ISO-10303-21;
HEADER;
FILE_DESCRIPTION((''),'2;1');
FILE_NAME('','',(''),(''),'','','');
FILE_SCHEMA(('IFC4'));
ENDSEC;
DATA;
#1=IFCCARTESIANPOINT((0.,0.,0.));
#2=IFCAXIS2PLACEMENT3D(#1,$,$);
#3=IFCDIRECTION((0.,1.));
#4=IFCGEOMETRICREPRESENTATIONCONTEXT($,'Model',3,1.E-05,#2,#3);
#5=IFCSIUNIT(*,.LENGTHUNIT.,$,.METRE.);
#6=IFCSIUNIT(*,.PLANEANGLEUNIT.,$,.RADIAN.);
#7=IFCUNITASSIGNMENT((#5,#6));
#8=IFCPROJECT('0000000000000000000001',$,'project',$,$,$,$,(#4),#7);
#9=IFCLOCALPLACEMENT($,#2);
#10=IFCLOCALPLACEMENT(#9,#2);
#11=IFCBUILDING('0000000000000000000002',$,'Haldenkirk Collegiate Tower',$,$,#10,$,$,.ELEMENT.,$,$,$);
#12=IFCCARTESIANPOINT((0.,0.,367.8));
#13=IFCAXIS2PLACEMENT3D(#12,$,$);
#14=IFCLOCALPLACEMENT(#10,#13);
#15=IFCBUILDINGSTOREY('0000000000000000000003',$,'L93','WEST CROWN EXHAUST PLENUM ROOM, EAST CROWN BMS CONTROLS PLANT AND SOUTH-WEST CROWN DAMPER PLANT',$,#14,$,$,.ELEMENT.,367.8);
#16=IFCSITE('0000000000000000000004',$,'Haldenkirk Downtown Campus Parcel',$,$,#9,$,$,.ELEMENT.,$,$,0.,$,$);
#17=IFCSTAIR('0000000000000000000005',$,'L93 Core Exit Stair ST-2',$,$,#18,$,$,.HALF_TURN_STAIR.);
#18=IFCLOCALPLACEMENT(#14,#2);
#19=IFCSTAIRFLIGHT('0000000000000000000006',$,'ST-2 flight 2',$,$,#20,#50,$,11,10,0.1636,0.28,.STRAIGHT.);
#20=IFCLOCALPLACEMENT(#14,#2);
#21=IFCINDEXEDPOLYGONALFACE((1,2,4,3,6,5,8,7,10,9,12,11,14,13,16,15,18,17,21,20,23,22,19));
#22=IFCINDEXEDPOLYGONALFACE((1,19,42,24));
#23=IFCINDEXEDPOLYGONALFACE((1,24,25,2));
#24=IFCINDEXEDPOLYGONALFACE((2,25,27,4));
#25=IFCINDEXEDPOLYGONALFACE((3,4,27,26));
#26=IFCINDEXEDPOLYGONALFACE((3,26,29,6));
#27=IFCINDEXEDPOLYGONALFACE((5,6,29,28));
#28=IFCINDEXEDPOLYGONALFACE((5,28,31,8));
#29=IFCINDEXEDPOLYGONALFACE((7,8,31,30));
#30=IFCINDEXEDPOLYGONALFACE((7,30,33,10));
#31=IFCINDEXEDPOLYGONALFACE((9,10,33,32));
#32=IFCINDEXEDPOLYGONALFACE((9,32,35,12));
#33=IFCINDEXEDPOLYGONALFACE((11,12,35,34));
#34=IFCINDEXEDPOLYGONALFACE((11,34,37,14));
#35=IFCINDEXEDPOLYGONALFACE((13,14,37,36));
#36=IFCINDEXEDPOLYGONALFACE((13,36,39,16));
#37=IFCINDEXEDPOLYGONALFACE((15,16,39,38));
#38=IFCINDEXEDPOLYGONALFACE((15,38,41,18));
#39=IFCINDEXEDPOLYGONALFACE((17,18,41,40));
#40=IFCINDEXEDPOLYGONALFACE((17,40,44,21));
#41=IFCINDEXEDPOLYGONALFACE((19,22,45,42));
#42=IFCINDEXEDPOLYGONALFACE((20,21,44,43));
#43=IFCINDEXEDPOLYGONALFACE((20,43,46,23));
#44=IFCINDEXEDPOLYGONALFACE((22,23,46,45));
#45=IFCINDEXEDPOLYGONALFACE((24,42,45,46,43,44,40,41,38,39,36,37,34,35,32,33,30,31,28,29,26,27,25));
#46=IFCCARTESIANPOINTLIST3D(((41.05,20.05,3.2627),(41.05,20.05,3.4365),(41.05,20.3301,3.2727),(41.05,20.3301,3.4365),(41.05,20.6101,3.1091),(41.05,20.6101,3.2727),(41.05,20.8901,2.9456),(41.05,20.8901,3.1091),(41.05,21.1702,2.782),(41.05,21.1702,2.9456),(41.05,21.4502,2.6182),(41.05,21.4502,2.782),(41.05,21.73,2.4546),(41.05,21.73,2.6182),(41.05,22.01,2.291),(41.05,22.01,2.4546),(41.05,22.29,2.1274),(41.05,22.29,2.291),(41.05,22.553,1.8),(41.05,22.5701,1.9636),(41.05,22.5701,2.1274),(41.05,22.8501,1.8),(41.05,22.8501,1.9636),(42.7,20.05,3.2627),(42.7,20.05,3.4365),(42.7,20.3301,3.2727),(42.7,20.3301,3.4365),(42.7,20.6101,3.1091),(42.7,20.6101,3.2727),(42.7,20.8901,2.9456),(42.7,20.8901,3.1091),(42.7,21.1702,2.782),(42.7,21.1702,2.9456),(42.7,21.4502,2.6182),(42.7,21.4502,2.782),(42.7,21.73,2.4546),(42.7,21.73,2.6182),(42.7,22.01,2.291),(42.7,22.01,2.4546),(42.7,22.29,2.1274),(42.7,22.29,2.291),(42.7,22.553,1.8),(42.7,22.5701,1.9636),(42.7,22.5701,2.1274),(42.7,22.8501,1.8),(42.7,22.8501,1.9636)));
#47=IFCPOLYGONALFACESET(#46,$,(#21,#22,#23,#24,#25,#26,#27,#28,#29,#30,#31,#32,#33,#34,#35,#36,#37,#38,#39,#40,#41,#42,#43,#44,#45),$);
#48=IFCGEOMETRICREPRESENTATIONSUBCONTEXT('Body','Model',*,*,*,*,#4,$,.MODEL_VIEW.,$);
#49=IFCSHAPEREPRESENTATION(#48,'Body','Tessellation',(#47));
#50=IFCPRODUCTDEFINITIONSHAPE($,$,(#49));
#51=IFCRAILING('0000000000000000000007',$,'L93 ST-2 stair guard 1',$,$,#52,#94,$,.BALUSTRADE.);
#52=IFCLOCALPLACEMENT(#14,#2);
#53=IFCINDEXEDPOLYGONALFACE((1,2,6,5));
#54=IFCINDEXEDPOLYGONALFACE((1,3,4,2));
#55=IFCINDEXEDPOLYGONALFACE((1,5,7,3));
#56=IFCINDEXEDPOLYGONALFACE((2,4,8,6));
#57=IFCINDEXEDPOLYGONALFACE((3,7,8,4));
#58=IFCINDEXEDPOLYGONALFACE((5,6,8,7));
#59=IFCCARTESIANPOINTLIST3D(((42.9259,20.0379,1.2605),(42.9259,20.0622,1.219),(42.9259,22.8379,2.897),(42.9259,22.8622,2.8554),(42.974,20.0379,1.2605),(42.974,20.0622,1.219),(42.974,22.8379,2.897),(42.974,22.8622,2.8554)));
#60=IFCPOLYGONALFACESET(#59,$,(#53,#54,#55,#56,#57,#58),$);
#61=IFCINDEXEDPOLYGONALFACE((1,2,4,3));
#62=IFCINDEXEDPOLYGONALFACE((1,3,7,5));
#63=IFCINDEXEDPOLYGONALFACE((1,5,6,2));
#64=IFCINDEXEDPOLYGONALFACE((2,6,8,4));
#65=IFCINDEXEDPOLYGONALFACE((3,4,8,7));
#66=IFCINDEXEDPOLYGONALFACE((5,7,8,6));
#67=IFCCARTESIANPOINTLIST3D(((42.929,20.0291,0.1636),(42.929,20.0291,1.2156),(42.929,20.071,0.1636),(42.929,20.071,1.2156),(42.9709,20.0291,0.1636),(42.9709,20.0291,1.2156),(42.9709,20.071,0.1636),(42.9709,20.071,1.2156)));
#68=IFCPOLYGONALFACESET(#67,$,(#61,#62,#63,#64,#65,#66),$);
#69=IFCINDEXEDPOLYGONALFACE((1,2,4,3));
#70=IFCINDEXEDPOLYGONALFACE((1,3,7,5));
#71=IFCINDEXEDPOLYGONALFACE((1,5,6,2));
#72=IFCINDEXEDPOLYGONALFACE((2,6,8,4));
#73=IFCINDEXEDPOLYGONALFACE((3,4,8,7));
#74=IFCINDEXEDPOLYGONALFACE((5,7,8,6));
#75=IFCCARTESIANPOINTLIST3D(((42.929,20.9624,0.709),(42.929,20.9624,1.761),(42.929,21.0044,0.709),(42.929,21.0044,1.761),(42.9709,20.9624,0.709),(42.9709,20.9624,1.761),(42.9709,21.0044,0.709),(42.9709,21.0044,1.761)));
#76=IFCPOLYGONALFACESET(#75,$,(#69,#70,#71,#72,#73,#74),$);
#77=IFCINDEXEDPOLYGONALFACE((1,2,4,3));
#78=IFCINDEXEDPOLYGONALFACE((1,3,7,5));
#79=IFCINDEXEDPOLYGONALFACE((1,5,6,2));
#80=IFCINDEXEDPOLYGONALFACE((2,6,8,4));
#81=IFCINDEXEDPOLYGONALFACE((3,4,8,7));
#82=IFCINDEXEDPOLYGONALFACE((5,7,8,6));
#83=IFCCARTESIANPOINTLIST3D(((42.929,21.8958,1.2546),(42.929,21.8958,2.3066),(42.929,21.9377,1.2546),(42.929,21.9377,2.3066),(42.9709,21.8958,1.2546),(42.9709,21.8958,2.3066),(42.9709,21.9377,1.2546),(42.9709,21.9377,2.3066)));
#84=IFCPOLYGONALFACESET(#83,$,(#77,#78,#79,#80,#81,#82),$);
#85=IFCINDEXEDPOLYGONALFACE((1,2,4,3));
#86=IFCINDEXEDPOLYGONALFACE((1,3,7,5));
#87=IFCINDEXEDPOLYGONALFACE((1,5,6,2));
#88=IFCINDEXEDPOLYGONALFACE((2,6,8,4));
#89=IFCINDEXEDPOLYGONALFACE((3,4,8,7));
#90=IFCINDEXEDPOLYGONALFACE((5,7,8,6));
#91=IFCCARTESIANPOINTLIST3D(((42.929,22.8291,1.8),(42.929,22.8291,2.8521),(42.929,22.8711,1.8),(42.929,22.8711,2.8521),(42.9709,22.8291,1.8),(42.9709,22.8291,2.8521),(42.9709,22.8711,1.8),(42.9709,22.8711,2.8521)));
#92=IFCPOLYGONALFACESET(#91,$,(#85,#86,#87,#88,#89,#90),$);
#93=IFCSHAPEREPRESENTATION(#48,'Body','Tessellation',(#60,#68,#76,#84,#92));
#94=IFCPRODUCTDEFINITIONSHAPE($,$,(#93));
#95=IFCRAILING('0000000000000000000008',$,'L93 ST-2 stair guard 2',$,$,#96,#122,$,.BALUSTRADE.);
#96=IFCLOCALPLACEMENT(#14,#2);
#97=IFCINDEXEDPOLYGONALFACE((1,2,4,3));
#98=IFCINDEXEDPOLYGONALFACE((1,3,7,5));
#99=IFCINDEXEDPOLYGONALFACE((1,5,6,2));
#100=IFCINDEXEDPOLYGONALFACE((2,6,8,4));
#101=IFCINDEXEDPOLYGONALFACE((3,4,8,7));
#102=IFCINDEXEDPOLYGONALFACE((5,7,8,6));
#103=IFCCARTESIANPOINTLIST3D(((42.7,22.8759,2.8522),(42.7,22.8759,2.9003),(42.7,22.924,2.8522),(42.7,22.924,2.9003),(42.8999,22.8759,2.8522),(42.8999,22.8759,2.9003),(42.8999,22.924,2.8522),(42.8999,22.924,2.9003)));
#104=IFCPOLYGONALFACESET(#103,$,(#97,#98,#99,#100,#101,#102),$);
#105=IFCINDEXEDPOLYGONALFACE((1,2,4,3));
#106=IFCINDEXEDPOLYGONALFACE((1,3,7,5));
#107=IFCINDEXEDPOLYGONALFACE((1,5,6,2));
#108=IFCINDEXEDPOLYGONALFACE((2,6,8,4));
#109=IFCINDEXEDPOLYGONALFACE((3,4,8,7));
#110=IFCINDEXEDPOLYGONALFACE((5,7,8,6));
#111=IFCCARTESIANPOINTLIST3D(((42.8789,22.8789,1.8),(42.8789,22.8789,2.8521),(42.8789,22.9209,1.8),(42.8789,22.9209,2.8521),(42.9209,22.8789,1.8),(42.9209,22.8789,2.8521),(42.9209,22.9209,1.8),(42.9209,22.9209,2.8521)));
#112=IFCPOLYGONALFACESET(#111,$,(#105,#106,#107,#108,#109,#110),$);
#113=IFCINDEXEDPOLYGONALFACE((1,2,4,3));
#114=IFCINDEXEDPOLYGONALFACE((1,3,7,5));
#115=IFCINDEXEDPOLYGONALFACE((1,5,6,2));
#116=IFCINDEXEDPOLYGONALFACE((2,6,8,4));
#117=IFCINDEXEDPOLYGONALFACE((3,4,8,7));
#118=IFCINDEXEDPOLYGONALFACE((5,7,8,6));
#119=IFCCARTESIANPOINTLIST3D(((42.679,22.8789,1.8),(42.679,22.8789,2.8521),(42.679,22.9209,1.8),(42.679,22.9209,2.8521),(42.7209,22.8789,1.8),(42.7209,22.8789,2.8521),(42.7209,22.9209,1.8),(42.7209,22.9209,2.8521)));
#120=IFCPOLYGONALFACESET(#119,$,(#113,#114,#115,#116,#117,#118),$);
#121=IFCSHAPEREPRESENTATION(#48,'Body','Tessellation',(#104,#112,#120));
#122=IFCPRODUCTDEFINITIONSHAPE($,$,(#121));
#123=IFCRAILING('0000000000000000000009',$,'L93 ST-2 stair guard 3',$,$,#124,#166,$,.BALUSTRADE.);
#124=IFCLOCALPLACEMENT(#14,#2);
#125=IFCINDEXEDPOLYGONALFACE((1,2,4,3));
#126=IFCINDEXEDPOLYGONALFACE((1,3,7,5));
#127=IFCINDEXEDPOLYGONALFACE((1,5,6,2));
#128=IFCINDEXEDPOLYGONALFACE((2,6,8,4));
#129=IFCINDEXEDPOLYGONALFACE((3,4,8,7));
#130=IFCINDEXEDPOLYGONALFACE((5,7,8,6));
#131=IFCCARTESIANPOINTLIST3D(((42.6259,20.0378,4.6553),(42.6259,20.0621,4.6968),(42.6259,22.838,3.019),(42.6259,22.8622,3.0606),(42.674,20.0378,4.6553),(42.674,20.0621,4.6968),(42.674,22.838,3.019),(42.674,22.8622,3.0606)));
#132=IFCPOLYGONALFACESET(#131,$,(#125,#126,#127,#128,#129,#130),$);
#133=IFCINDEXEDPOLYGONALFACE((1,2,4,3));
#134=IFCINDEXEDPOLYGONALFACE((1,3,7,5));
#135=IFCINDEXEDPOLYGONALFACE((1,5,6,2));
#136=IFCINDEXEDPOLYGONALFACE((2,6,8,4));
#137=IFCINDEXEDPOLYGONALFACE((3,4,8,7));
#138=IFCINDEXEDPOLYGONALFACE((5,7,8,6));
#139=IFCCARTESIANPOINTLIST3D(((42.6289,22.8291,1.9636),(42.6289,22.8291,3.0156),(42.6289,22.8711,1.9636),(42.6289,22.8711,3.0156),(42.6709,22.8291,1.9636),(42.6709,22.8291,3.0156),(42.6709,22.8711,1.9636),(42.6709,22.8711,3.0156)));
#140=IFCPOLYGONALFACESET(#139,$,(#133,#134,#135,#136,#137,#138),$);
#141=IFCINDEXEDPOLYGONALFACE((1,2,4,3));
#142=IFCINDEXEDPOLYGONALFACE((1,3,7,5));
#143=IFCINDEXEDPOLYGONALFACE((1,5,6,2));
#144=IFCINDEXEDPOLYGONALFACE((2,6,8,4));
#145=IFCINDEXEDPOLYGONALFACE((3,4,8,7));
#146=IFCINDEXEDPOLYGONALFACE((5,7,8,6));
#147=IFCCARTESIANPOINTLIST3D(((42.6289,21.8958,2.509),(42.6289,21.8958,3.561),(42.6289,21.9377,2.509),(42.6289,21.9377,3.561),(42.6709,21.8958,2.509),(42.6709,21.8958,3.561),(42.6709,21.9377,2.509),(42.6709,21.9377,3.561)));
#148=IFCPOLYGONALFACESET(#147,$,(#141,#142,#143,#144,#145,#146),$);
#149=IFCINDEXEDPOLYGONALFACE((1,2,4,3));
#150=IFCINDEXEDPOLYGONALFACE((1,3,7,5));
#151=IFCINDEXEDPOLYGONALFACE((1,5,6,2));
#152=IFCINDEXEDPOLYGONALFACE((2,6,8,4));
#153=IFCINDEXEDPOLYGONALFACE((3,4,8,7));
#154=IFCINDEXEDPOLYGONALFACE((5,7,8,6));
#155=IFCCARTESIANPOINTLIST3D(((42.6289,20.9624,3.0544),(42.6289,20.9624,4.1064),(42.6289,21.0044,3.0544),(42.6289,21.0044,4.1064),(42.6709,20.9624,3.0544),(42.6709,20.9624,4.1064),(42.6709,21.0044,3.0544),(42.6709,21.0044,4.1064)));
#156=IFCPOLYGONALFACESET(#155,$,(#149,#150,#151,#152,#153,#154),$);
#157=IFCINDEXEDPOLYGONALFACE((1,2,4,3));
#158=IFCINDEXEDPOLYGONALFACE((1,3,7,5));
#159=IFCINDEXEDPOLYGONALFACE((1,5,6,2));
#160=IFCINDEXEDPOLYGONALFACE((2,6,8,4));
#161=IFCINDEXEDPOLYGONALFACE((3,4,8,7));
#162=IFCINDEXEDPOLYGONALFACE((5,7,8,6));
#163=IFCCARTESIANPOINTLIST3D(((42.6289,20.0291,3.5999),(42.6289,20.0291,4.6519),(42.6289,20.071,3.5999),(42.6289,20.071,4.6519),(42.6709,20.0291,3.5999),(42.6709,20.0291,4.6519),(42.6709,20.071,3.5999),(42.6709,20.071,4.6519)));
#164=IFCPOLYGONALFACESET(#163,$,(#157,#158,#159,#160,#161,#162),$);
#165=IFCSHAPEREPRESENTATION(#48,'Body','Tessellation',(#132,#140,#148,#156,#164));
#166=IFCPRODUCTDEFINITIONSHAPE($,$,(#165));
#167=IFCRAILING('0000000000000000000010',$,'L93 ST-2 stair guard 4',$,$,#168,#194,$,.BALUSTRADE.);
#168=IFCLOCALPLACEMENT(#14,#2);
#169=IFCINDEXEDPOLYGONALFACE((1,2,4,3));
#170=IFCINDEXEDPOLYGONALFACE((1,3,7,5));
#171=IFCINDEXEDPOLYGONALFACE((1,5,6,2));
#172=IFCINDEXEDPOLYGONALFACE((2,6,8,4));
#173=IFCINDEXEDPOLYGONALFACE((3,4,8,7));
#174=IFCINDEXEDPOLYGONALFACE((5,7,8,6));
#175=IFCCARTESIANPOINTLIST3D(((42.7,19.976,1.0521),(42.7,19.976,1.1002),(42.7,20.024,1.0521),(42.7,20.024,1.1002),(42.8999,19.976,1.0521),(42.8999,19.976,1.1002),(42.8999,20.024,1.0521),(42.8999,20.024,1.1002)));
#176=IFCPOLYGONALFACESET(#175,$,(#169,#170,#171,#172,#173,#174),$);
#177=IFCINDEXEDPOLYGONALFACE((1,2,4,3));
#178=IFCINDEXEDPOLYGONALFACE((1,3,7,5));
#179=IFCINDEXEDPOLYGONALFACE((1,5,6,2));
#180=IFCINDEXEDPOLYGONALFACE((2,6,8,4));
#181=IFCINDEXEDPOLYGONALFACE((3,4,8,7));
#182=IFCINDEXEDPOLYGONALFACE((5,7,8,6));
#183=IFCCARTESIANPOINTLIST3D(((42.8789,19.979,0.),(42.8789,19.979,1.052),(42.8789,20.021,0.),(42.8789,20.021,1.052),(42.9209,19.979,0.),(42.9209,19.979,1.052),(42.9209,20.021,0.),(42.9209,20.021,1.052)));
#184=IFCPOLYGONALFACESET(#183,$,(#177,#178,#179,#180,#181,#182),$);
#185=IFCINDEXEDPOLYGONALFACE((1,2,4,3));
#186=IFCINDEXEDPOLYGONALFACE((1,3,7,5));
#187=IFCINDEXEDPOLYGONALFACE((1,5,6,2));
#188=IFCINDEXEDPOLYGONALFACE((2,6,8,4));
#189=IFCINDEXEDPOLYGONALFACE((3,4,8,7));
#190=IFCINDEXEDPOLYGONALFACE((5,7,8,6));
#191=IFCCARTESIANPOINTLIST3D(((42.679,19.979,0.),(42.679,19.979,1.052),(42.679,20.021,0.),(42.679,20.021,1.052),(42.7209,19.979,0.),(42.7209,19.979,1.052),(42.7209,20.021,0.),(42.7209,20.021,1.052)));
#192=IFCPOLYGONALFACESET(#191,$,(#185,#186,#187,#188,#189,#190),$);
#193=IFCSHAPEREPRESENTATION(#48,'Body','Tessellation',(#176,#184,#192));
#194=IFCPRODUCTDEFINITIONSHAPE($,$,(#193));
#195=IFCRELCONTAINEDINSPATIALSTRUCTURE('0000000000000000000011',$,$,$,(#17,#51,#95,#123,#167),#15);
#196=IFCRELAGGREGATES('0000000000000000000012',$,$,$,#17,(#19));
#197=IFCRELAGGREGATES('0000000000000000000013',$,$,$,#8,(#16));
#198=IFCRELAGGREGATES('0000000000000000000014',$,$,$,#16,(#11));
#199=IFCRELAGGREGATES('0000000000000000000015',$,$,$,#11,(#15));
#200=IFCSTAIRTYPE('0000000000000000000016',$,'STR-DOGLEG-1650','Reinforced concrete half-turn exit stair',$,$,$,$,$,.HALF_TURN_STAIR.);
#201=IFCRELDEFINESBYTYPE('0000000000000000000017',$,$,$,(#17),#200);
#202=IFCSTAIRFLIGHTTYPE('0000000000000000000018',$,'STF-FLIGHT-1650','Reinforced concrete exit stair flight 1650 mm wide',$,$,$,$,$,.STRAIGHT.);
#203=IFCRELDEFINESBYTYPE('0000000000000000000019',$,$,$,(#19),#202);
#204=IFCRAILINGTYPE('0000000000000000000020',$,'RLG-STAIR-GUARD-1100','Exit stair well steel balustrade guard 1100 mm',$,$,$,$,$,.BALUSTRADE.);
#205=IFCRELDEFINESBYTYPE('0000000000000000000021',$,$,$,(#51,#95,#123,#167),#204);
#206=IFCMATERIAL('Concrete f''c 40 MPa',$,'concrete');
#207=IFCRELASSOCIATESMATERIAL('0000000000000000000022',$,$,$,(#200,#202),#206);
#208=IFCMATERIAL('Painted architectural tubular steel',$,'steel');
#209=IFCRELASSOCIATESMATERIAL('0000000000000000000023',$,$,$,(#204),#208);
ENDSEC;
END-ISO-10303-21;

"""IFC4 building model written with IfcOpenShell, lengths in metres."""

from ifc_helpers import new_model, si_unit, direction, frame, origin, origin_2d, place, context, subcontext, project, spatial, polyline, rectangle, outline, extrude, material, type_object, element, aggregate, save


model = new_model("IFC4")

# Units and contexts
model_context = context("Model", 3, precision=1e-05, world=origin(), true_north=direction((0.0, 1.0)))
body_context = subcontext(model_context, "Body", "Model", "MODEL_VIEW")
ifc_project = project(units=[si_unit("LENGTHUNIT", "METRE"), si_unit("PLANEANGLEUNIT", "RADIAN")], contexts=[model_context])

# Site, building, storey
site_placement = place(None, origin())
site = spatial("IfcSite", under=ifc_project, at=site_placement, Name="Haldenkirk Downtown Campus Parcel", CompositionType="ELEMENT", RefElevation=0.0)
building_placement = place(site_placement, origin())
building = spatial("IfcBuilding", under=site, at=building_placement, Name="Haldenkirk Collegiate Tower", CompositionType="ELEMENT")
storey_placement = place(building_placement, frame((0.0, 0.0, 367.8)))
storey = spatial("IfcBuildingStorey", under=building, at=storey_placement, Name="L93", Description="WEST CROWN EXHAUST PLENUM ROOM, EAST CROWN BMS CONTROLS PLANT AND SOUTH-WEST CROWN DAMPER PLANT", CompositionType="ELEMENT", Elevation=367.8)

# Stair, stair flight
ifc_material_1 = material(Name="Concrete f'c 40 MPa", Category="concrete")
stair_type = type_object("IfcStairType", Name="STR-DOGLEG-1650", Description="Reinforced concrete half-turn exit stair", PredefinedType="HALF_TURN_STAIR", material=ifc_material_1)
stair_placement = place(storey_placement, origin())
stair = element("IfcStair", 1, at=stair_placement, inside=storey, type_object=stair_type, Name="L93 Core Exit Stair ST-2", PredefinedType="HALF_TURN_STAIR")
stair_flight_type = type_object("IfcStairFlightType", Name="STF-FLIGHT-1650", Description="Reinforced concrete exit stair flight 1650 mm wide", PredefinedType="STRAIGHT", material=ifc_material_1)
stair_flight_1_placement = place(storey_placement, frame((41.875, 22.8501, 1.8), z_axis=(0.0, 0.0, 1.0), x_axis=(0.0, -1.0, 0.0)))
stair_flight_1 = element("IfcStairFlight", 2, at=stair_flight_1_placement, type_object=stair_flight_type, Name="ST-2 flight 2", NumberOfRisers=11, NumberOfTreads=10, PredefinedType="STRAIGHT", RiserHeight=0.1636, TreadLength=0.28, context=body_context, shape_type="SweptSolid", body=[
    extrude(outline(polyline([(0.0, 0.0), (0.0, 0.1636), (0.28, 0.1636), (0.28, 0.3274), (0.5601, 0.3274), (0.5601, 0.491), (0.8401, 0.491), (0.8401, 0.6545), (1.1201, 0.6545), (1.1201, 0.8181), (1.3999, 0.8181), (1.3999, 0.9819), (1.6799, 0.9819), (1.6799, 1.1455), (1.96, 1.1455), (1.96, 1.3091), (2.24, 1.3091), (2.24, 1.4727), (2.52, 1.4727), (2.52, 1.6365), (2.8, 1.6365), (2.8, 1.8), (2.8, 1.4626), (0.2971, 0.0), (0.0, 0.0)])), frame((0.0, 0.825, 0.0), z_axis=(0.0, -1.0, 0.0), x_axis=(1.0, 0.0, 0.0)), (0.0, 0.0, 1.0), 1.6499),
])
aggregate(stair, [stair_flight_1])

# Railings
ifc_material_2 = material(Name="Painted architectural tubular steel", Category="steel")
railing_type_1 = type_object("IfcRailingType", Name="RLG-STAIR-GUARD-1100", Description="Exit stair well steel balustrade guard 1100 mm", PredefinedType="BALUSTRADE", material=ifc_material_2)
railing_1_placement = place(storey_placement, frame((42.95, 20.05, 0.1636)))
element("IfcRailing", 3, at=railing_1_placement, inside=storey, type_object=railing_type_1, Name="L93 ST-2 stair guard 1", PredefinedType="BALUSTRADE", context=body_context, shape_type="SweptSolid", body=[
    extrude(rectangle(XDim=0.0481, YDim=0.0481, at=origin_2d()), frame((0.0, 0.0, 1.0762), z_axis=(0.0, 0.863361, 0.504587), x_axis=(-1.0, 0.0, 0.0)), (0.0, 0.0, 1.0), 3.2432),
    extrude(rectangle(XDim=0.042, YDim=0.042, at=origin_2d()), origin(), (0.0, 0.0, 1.0), 1.052),
    extrude(rectangle(XDim=0.042, YDim=0.042, at=origin_2d()), frame((0.0, 0.9333, 0.5454)), (0.0, 0.0, 1.0), 1.052),
    extrude(rectangle(XDim=0.042, YDim=0.042, at=origin_2d()), frame((0.0, 1.8667, 1.0911)), (0.0, 0.0, 1.0), 1.052),
    extrude(rectangle(XDim=0.042, YDim=0.042, at=origin_2d()), frame((0.0, 2.8, 1.6365)), (0.0, 0.0, 1.0), 1.052),
])
railing_2_placement = place(storey_placement, frame((42.8999, 22.8999, 1.8)))
element("IfcRailing", 4, at=railing_2_placement, inside=storey, type_object=railing_type_1, Name="L93 ST-2 stair guard 2", PredefinedType="BALUSTRADE", context=body_context, shape_type="SweptSolid", body=[
    extrude(rectangle(XDim=0.0481, YDim=0.0481, at=origin_2d()), frame((0.0, 0.0, 1.0762), z_axis=(-1.0, 0.0, 0.0), x_axis=(0.0, -1.0, 0.0)), (0.0, 0.0, 1.0), 0.2),
    extrude(rectangle(XDim=0.042, YDim=0.042, at=origin_2d()), origin(), (0.0, 0.0, 1.0), 1.052),
    extrude(rectangle(XDim=0.042, YDim=0.042, at=origin_2d()), frame((-0.2, 0.0, 0.0)), (0.0, 0.0, 1.0), 1.052),
])
railing_3_placement = place(storey_placement, frame((42.6499, 22.8501, 1.9636)))
element("IfcRailing", 5, at=railing_3_placement, inside=storey, type_object=railing_type_1, Name="L93 ST-2 stair guard 3", PredefinedType="BALUSTRADE", context=body_context, shape_type="SweptSolid", body=[
    extrude(rectangle(XDim=0.0481, YDim=0.0481, at=origin_2d()), frame((0.0, 0.0, 1.0762), z_axis=(0.0, -0.863394, 0.504531), x_axis=(1.0, 0.0, 0.0)), (0.0, 0.0, 1.0), 3.2432),
    extrude(rectangle(XDim=0.042, YDim=0.042, at=origin_2d()), origin(), (0.0, 0.0, 1.0), 1.052),
    extrude(rectangle(XDim=0.042, YDim=0.042, at=origin_2d()), frame((0.0, -0.9333, 0.5454)), (0.0, 0.0, 1.0), 1.052),
    extrude(rectangle(XDim=0.042, YDim=0.042, at=origin_2d()), frame((0.0, -1.8667, 1.0908)), (0.0, 0.0, 1.0), 1.052),
    extrude(rectangle(XDim=0.042, YDim=0.042, at=origin_2d()), frame((0.0, -2.8, 1.6362)), (0.0, 0.0, 1.0), 1.052),
])
railing_4_placement = place(storey_placement, frame((42.8999, 20.0, 0.0)))
element("IfcRailing", 6, at=railing_4_placement, inside=storey, type_object=railing_type_1, Name="L93 ST-2 stair guard 4", PredefinedType="BALUSTRADE", context=body_context, shape_type="SweptSolid", body=[
    extrude(rectangle(XDim=0.0481, YDim=0.0481, at=origin_2d()), frame((0.0, 0.0, 1.0762), z_axis=(-1.0, 0.0, 0.0), x_axis=(0.0, -1.0, 0.0)), (0.0, 0.0, 1.0), 0.2),
    extrude(rectangle(XDim=0.042, YDim=0.042, at=origin_2d()), origin(), (0.0, 0.0, 1.0), 1.052),
    extrude(rectangle(XDim=0.042, YDim=0.042, at=origin_2d()), frame((-0.2, 0.0, 0.0)), (0.0, 0.0, 1.0), 1.052),
])

save(model, "model.ifc")
